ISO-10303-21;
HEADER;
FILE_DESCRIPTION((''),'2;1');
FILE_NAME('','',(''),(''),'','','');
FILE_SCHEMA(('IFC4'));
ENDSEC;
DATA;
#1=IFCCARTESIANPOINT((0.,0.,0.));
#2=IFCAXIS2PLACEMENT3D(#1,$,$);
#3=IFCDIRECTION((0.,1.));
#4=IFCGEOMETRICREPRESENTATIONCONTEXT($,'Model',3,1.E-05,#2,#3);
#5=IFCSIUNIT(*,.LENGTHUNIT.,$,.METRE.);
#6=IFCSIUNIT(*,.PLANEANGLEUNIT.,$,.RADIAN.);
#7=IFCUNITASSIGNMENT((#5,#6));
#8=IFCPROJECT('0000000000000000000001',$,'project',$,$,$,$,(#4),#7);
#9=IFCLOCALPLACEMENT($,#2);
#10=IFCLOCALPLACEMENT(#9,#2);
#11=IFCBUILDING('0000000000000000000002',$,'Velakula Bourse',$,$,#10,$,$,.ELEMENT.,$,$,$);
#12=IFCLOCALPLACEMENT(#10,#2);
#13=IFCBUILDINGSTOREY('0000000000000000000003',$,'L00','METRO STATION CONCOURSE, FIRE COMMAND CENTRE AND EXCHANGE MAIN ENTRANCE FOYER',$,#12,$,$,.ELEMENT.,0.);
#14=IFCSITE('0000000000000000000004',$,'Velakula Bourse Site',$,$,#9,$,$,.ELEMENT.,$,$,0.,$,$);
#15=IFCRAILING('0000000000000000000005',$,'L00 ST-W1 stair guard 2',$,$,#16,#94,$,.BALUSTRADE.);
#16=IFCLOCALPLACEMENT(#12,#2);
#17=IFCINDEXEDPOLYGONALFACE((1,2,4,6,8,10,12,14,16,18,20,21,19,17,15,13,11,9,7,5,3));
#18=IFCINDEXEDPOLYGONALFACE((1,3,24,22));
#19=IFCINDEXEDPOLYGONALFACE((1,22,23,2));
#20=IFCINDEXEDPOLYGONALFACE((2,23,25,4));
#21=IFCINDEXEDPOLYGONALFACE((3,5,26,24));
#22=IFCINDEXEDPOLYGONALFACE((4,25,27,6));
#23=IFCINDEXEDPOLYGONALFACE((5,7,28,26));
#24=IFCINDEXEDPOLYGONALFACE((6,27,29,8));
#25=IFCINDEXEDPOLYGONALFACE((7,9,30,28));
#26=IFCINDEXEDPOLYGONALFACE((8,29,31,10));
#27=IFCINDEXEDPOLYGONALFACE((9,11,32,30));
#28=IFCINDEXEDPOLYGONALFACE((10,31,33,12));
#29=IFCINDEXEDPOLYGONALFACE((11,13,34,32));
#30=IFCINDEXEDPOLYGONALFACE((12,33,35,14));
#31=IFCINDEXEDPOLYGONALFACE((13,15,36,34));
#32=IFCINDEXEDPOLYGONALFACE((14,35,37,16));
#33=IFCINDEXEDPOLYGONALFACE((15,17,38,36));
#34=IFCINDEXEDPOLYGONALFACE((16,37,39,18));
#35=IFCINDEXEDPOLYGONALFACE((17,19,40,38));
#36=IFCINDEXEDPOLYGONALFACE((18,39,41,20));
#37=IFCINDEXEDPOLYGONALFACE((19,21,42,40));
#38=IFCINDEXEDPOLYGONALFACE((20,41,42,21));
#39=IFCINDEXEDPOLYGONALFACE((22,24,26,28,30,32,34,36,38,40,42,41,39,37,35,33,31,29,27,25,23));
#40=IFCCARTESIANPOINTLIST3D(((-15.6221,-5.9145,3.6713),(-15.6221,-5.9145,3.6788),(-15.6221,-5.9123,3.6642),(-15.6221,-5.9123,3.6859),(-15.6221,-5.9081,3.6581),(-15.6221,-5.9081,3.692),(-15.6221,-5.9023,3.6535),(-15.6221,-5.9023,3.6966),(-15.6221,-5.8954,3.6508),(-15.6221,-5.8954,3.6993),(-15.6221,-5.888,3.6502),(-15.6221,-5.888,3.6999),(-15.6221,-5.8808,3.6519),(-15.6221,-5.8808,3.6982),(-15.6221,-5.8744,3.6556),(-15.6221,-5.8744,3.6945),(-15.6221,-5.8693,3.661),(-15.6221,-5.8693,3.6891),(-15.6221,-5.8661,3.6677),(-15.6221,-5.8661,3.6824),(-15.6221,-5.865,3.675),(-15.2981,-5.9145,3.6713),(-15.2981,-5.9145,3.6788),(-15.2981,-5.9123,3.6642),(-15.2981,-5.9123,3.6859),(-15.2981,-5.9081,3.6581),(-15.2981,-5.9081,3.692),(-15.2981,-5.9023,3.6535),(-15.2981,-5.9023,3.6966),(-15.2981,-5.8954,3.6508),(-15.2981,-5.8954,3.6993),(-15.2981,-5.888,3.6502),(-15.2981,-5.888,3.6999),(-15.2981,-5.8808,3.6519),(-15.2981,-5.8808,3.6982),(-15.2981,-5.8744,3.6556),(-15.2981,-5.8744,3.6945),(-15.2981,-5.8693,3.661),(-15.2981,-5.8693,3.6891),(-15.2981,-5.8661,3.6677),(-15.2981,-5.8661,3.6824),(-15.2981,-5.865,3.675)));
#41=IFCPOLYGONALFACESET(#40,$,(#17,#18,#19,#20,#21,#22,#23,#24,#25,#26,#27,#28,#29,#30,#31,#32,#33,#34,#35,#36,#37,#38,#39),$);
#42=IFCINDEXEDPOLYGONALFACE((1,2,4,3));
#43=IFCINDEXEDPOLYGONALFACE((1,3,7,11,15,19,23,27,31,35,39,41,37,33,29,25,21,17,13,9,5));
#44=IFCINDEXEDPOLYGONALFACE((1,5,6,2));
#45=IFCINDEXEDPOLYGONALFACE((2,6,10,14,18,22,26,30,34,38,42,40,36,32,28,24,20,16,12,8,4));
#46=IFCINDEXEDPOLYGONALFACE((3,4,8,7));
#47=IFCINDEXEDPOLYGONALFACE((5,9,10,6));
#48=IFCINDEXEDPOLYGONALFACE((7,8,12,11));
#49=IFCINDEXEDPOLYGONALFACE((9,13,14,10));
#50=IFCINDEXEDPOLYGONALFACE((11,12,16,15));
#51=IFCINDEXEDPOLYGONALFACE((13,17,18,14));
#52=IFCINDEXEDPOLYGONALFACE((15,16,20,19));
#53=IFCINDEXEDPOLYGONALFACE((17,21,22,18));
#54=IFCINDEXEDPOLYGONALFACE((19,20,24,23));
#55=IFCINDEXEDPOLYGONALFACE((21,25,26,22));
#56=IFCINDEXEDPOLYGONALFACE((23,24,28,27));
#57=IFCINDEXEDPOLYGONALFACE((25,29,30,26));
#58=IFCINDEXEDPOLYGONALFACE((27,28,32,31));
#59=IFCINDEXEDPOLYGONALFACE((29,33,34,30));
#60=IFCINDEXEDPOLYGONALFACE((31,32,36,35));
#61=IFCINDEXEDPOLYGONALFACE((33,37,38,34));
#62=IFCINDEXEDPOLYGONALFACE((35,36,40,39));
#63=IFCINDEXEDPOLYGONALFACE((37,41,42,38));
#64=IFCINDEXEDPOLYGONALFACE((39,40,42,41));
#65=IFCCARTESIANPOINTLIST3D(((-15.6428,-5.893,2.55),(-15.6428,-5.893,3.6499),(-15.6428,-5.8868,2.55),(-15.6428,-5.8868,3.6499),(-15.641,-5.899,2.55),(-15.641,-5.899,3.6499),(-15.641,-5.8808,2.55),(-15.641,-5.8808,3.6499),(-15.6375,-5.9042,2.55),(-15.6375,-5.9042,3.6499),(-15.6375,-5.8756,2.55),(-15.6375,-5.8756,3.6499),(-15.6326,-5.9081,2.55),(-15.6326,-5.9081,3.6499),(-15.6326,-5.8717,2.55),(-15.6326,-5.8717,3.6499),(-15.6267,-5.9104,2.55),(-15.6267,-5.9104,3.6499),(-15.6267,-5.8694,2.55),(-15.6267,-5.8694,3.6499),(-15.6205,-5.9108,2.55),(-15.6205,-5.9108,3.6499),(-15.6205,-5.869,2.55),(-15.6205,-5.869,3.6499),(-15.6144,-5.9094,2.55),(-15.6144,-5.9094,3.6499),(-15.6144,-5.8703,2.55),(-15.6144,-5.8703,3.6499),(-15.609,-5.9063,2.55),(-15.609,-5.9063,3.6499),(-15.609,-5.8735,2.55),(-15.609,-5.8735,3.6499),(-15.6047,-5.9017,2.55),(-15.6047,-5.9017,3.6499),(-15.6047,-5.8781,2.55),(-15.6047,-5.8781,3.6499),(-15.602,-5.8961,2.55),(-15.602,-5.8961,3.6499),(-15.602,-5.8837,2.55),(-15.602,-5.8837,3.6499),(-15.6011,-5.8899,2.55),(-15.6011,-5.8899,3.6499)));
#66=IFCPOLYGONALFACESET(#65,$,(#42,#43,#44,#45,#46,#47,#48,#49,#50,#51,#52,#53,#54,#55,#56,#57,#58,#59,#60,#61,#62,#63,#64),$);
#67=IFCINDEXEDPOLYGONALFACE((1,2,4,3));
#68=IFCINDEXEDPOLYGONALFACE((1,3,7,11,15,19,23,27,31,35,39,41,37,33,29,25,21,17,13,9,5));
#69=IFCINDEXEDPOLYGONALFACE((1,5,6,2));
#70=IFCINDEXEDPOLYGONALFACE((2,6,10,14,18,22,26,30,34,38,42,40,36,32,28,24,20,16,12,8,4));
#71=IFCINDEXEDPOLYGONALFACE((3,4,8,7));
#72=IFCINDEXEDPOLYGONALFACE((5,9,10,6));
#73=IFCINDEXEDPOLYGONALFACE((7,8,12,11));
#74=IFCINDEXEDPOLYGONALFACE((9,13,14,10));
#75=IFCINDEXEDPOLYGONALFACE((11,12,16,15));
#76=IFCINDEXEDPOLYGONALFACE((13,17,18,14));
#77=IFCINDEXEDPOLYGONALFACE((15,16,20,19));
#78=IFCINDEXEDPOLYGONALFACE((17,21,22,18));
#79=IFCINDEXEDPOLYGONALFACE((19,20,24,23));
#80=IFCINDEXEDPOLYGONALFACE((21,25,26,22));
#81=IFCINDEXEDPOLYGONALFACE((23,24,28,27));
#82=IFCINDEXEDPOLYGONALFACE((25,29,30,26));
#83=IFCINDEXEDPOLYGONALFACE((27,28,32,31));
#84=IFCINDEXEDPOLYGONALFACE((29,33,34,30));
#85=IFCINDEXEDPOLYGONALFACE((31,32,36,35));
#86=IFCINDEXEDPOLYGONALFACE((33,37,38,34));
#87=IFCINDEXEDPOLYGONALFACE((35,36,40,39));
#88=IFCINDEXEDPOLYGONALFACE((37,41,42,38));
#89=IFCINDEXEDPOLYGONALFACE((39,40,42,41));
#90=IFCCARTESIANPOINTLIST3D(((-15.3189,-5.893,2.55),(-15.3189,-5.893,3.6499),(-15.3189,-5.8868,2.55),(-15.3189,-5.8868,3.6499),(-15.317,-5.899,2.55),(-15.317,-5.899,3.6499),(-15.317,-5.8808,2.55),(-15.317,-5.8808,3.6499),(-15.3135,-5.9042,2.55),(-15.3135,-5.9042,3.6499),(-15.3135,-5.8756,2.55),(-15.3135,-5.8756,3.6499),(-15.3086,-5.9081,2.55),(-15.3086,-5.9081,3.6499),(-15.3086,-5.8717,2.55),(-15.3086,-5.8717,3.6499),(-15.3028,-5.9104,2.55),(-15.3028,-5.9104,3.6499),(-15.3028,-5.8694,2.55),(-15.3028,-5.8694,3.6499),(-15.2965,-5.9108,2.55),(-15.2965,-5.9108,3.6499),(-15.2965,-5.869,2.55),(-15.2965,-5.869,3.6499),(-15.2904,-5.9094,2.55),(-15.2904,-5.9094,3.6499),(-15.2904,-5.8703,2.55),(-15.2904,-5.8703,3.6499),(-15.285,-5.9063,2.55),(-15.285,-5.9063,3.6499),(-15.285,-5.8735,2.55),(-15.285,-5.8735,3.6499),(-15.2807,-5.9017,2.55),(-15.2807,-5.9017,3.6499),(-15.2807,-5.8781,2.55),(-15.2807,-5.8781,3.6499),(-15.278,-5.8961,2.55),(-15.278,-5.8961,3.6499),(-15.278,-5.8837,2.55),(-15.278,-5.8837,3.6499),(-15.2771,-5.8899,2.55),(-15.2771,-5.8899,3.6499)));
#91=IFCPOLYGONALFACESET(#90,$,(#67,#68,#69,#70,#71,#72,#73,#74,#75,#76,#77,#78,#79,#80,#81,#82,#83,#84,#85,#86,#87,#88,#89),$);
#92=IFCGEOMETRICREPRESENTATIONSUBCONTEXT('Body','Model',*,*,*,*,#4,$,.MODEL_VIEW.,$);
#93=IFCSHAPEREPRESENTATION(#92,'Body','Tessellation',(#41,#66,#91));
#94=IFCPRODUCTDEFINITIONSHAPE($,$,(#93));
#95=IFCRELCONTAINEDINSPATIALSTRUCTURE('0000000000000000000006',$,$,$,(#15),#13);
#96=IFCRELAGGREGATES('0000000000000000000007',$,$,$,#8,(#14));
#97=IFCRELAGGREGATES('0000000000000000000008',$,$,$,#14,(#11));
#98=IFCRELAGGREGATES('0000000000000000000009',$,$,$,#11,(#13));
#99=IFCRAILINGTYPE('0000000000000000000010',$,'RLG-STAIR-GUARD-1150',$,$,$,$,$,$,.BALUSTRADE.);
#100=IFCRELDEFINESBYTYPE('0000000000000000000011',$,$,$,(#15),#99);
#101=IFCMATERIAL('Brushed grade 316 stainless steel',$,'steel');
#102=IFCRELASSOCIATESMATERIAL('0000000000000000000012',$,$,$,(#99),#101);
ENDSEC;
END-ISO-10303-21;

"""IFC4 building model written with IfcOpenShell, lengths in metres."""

from ifc_helpers import new_model, si_unit, direction, frame, origin, origin_2d, place, context, subcontext, project, spatial, circle, extrude, material, type_object, element, save


model = new_model("IFC4")

# Units and contexts
model_context = context("Model", 3, precision=1e-05, world=origin(), true_north=direction((0.0, 1.0)))
body_context = subcontext(model_context, "Body", "Model", "MODEL_VIEW")
ifc_project = project(units=[si_unit("LENGTHUNIT", "METRE"), si_unit("PLANEANGLEUNIT", "RADIAN")], contexts=[model_context])

# Site, building, storey
site_placement = place(None, origin())
site = spatial("IfcSite", under=ifc_project, at=site_placement, Name="Velakula Bourse Site", CompositionType="ELEMENT", RefElevation=0.0)
building_placement = place(site_placement, origin())
building = spatial("IfcBuilding", under=site, at=building_placement, Name="Velakula Bourse", CompositionType="ELEMENT")
storey_placement = place(building_placement, origin())
storey = spatial("IfcBuildingStorey", under=building, at=storey_placement, Name="L00", Description="METRO STATION CONCOURSE, FIRE COMMAND CENTRE AND EXCHANGE MAIN ENTRANCE FOYER", CompositionType="ELEMENT", Elevation=0.0)

# Shared definitions
ifc_material_1 = material(Name="Brushed grade 316 stainless steel", Category="steel")

# Railing
railing_type_1 = type_object("IfcRailingType", Name="RLG-STAIR-GUARD-1150", PredefinedType="BALUSTRADE", material=ifc_material_1)
railing_1_placement = place(storey_placement, frame((-15.6221, -5.8899, 2.55)))
element("IfcRailing", 1, at=railing_1_placement, inside=storey, type_object=railing_type_1, Name="L00 ST-W1 stair guard 2", PredefinedType="BALUSTRADE", context=body_context, shape_type="SweptSolid", body=[
    extrude(circle(Radius=0.0249, at=origin_2d()), frame((0.0, 0.0, 1.125), z_axis=(1.0, 0.0, 0.0), x_axis=(0.0, 1.0, 0.0)), (0.0, 0.0, 1.0), 0.324),
    extrude(circle(Radius=0.021, at=origin_2d()), origin(), (0.0, 0.0, 1.0), 1.0999),
    extrude(circle(Radius=0.021, at=origin_2d()), frame((0.324, 0.0, 0.0)), (0.0, 0.0, 1.0), 1.0999),
])

save(model, "model.ifc")
